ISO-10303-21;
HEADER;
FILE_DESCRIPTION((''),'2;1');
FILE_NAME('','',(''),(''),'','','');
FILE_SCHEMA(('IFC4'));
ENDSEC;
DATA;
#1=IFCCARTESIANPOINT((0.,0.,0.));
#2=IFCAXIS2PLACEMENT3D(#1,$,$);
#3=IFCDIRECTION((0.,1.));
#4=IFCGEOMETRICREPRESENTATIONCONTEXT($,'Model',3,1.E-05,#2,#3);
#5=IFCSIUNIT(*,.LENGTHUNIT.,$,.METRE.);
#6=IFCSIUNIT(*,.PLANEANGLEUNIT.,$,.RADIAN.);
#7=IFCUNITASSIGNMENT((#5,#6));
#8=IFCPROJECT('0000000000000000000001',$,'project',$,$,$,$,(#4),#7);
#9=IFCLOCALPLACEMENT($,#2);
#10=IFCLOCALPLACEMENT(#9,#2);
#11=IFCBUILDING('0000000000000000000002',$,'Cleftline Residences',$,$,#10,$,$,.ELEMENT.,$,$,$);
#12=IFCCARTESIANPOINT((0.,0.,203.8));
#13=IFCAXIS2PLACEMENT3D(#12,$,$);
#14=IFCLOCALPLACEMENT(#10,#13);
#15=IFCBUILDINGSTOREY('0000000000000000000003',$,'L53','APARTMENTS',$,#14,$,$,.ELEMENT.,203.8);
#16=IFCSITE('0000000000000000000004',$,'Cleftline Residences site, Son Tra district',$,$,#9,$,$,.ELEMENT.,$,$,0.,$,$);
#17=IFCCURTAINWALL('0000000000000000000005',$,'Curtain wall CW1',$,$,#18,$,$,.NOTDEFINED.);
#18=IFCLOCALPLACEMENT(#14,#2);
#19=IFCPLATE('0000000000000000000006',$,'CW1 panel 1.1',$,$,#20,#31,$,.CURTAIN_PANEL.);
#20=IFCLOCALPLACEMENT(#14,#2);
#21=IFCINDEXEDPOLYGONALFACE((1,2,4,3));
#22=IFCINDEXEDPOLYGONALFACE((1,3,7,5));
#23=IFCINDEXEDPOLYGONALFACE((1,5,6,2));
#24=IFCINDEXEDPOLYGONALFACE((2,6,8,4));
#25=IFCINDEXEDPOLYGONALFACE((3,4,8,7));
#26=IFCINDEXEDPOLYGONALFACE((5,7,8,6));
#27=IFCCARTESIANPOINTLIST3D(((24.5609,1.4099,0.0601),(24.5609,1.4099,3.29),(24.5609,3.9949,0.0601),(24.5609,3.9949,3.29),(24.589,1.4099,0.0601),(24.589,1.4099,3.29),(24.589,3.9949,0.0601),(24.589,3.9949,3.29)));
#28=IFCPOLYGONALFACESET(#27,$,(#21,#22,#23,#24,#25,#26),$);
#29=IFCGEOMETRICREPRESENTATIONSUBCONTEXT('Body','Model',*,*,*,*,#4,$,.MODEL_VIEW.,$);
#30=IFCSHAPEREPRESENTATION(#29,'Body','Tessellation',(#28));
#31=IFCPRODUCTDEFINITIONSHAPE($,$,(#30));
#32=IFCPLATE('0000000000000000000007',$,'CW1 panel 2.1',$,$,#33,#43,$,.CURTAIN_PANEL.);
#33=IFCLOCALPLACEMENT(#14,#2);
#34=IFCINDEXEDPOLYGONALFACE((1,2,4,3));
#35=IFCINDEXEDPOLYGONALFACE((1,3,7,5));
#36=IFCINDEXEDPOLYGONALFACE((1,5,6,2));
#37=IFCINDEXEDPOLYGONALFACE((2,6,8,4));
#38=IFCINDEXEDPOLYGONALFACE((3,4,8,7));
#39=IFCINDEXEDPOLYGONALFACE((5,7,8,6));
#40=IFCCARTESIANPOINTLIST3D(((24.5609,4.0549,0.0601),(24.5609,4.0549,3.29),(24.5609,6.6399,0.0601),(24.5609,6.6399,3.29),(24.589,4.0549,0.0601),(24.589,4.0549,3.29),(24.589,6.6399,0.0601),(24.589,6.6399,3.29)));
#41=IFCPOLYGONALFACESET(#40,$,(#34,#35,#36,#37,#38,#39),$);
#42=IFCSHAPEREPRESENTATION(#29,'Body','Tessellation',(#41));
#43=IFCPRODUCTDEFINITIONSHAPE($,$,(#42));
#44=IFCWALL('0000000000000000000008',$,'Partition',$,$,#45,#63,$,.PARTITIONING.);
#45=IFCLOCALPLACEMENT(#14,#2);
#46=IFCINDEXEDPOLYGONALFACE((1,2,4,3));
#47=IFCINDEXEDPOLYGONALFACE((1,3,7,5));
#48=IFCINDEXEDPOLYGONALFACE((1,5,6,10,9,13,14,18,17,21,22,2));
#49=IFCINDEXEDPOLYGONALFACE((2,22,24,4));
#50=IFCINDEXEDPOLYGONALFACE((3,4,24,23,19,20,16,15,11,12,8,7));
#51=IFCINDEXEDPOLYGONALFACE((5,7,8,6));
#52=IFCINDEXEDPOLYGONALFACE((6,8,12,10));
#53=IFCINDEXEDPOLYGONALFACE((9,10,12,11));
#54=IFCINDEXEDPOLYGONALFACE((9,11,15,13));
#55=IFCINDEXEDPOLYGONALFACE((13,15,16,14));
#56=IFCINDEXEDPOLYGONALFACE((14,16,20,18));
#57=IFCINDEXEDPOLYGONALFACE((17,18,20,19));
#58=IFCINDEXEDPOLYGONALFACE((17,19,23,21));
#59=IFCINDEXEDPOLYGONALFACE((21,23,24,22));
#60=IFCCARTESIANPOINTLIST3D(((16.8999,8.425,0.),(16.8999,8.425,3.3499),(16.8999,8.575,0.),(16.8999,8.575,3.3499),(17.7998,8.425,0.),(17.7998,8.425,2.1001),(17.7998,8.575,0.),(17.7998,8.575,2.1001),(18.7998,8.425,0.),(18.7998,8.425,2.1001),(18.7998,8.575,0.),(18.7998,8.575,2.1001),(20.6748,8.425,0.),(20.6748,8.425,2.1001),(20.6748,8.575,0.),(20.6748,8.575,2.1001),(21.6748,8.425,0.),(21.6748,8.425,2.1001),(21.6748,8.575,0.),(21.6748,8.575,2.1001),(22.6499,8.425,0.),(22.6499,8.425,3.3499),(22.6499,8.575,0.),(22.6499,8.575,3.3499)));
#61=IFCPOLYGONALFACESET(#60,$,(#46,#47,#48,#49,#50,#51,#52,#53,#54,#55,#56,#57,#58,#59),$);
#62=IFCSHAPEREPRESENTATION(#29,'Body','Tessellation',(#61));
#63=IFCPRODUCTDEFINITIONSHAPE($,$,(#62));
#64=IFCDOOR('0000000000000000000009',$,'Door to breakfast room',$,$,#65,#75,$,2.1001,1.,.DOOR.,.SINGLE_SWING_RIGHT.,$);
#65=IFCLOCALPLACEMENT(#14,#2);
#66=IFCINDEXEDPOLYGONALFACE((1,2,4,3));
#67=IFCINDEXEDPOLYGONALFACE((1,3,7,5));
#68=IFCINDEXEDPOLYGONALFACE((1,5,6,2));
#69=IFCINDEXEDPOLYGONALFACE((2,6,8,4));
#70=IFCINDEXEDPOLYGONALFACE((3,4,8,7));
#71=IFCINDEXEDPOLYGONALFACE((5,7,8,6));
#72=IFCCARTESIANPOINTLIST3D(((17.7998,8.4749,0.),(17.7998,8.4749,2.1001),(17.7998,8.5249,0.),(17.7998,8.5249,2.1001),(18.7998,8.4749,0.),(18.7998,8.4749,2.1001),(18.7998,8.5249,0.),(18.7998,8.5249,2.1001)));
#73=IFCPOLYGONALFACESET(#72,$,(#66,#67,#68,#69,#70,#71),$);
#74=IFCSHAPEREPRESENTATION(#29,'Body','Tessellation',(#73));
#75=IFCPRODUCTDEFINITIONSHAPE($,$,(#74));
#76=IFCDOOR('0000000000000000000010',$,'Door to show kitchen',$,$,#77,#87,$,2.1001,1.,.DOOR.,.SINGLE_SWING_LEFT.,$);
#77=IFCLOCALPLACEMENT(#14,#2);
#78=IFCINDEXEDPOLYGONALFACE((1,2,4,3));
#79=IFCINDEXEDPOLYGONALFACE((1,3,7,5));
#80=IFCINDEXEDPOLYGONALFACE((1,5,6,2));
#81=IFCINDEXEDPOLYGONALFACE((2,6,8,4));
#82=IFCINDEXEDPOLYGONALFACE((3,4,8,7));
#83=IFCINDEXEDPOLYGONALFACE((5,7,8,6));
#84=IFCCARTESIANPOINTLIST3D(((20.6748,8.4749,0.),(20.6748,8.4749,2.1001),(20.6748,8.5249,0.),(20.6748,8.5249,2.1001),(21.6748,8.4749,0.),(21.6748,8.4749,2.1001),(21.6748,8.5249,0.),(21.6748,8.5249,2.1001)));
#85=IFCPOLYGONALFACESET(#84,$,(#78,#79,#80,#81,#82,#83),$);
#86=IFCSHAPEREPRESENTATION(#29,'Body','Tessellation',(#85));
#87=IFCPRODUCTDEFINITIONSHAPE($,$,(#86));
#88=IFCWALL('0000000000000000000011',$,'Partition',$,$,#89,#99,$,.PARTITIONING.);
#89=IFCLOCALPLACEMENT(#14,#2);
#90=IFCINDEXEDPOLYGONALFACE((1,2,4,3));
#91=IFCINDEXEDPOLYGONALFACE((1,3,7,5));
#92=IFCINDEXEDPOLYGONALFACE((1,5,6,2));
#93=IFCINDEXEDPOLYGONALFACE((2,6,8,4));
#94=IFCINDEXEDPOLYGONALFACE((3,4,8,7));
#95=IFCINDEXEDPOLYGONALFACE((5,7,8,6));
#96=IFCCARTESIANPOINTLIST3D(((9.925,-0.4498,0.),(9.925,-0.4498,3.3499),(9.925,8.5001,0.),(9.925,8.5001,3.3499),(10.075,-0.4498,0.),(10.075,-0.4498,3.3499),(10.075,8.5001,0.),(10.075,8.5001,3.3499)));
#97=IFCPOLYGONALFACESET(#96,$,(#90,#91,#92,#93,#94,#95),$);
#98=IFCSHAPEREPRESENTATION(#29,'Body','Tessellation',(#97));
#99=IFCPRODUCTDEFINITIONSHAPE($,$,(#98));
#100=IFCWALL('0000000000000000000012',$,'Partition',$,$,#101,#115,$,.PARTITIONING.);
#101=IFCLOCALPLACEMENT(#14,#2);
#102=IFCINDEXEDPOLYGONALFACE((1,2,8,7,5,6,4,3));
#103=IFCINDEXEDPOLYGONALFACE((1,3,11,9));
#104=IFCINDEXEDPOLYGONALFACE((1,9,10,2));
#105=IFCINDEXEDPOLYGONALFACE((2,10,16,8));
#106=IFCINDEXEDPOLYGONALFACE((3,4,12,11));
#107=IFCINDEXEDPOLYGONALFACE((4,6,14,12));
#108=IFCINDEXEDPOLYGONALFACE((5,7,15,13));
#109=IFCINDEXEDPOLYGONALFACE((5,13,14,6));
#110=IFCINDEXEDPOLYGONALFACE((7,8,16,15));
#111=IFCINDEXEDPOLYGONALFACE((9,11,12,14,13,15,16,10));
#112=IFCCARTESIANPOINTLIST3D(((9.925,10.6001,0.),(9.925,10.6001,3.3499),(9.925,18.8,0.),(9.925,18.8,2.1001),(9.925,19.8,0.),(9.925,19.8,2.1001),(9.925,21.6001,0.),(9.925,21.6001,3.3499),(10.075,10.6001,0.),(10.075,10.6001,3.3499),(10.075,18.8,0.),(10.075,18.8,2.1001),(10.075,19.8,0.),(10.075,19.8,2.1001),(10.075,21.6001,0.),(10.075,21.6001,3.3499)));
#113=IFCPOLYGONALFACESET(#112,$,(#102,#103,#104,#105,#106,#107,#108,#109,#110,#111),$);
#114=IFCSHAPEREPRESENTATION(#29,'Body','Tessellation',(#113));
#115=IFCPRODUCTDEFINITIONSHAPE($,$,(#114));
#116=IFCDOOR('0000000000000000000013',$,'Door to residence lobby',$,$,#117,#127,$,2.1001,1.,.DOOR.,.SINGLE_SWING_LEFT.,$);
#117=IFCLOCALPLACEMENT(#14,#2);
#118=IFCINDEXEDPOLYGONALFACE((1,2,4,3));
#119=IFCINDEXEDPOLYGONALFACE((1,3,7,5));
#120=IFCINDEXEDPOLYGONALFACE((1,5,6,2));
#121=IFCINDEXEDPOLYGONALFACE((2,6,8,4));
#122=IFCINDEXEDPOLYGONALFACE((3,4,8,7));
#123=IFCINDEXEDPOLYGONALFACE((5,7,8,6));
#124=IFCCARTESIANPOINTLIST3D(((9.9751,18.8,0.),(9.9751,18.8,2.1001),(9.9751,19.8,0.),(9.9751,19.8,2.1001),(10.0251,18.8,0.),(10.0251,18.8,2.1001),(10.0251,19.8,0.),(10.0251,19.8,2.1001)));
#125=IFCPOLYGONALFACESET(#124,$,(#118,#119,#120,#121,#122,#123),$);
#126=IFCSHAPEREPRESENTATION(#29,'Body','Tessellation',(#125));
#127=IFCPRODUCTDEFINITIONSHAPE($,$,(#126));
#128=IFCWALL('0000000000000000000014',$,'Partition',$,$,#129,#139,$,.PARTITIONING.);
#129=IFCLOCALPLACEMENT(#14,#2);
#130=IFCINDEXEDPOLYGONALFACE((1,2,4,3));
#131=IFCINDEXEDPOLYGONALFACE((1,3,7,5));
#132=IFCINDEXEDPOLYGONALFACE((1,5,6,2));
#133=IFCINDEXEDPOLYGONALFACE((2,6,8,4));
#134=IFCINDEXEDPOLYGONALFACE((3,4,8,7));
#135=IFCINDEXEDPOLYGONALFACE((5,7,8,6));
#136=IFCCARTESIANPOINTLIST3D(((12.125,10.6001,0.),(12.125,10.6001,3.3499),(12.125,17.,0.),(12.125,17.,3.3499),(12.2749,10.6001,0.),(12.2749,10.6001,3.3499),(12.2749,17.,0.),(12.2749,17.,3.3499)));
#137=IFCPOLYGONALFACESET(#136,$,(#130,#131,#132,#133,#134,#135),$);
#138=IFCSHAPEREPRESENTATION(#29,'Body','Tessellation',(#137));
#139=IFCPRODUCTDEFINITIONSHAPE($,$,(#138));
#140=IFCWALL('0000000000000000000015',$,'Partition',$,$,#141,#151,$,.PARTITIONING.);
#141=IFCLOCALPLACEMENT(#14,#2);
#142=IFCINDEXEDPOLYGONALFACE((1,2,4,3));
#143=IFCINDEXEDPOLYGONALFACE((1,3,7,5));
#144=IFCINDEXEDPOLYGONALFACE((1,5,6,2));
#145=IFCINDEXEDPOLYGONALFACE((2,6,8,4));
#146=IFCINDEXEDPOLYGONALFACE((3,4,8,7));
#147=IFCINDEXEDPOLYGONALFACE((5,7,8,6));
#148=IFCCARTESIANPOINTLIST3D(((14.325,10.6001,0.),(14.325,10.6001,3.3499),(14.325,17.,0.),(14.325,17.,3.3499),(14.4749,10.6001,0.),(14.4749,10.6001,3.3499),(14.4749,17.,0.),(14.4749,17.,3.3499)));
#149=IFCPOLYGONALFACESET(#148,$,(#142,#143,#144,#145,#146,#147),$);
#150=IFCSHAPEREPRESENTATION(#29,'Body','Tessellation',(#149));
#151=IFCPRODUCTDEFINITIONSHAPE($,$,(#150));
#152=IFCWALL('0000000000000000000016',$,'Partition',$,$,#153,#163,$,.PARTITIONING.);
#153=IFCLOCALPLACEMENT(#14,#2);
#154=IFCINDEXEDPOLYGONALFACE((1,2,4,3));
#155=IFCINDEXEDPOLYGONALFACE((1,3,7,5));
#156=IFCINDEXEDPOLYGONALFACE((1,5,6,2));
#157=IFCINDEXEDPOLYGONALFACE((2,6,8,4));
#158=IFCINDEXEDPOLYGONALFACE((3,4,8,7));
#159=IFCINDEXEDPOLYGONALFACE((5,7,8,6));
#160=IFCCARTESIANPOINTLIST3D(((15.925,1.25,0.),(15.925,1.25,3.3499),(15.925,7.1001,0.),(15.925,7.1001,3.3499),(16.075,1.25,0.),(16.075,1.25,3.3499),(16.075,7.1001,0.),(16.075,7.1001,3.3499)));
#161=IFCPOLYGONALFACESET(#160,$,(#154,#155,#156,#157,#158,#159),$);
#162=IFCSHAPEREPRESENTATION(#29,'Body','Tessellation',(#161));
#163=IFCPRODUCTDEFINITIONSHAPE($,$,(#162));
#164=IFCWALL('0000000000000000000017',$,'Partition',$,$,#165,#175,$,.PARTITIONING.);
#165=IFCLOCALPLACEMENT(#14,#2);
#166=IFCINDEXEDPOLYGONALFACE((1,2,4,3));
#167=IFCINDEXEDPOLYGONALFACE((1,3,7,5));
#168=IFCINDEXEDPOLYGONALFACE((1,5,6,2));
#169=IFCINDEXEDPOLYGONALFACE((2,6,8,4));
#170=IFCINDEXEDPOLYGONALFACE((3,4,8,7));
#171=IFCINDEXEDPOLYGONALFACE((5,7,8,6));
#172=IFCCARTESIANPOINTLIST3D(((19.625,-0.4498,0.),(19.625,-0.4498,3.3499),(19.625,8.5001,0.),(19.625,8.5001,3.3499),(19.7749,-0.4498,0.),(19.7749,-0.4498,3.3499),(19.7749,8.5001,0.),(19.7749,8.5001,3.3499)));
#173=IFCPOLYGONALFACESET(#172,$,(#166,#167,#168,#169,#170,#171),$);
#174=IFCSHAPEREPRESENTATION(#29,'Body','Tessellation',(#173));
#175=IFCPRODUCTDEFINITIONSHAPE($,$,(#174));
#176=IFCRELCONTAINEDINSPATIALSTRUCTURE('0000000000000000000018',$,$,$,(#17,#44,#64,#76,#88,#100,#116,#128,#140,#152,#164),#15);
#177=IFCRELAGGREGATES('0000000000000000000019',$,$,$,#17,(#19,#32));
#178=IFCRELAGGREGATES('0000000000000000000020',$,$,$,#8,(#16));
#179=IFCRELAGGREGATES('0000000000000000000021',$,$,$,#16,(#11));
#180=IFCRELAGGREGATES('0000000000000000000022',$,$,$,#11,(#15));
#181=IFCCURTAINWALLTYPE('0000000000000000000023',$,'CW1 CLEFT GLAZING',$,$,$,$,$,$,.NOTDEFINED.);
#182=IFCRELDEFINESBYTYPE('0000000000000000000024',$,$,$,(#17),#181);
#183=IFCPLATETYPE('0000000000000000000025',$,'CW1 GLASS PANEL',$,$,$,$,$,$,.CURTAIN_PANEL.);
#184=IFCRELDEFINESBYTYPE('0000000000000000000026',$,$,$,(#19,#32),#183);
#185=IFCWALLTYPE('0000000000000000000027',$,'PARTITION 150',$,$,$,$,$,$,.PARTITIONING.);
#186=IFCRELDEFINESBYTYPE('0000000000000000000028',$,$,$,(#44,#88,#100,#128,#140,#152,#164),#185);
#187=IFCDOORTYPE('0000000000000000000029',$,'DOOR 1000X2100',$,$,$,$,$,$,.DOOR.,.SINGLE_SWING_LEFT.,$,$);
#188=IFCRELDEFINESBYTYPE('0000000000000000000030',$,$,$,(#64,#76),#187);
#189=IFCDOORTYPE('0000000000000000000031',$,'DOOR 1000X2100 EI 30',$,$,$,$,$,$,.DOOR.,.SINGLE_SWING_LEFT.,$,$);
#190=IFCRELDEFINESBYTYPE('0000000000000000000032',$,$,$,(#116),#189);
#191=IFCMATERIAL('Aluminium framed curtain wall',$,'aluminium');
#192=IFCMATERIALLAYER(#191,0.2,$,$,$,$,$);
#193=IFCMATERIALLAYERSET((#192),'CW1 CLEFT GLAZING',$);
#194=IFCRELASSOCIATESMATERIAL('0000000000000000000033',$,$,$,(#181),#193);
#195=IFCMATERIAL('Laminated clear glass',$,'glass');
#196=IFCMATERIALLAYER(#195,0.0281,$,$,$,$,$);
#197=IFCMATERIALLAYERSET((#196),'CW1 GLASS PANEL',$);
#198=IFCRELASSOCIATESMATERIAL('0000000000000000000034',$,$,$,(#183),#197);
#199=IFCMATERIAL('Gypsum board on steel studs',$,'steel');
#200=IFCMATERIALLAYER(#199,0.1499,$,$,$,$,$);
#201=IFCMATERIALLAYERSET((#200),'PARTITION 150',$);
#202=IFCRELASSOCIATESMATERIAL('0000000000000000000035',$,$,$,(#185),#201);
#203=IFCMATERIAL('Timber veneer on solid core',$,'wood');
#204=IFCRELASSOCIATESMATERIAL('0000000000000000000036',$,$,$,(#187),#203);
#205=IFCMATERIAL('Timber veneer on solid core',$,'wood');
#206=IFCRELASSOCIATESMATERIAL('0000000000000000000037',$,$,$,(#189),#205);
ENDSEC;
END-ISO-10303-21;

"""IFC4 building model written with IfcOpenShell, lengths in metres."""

from ifc_helpers import new_model, si_unit, direction, frame, frame_2d, origin, origin_2d, place, context, subcontext, project, spatial, rectangle, extrude, material, layer, layer_set, type_object, element, fill, aggregate, save


model = new_model("IFC4")

# Units and contexts
model_context = context("Model", 3, precision=1e-05, world=origin(), true_north=direction((0.0, 1.0)))
body_context = subcontext(model_context, "Body", "Model", "MODEL_VIEW")
ifc_project = project(units=[si_unit("LENGTHUNIT", "METRE"), si_unit("PLANEANGLEUNIT", "RADIAN")], contexts=[model_context])

# Site, building, storey
site_placement = place(None, origin())
site = spatial("IfcSite", under=ifc_project, at=site_placement, Name="Cleftline Residences site, Son Tra district", CompositionType="ELEMENT", RefElevation=0.0)
building_placement = place(site_placement, origin())
building = spatial("IfcBuilding", under=site, at=building_placement, Name="Cleftline Residences", CompositionType="ELEMENT")
storey_placement = place(building_placement, frame((0.0, 0.0, 203.8)))
storey = spatial("IfcBuildingStorey", under=building, at=storey_placement, Name="L53", Description="APARTMENTS", CompositionType="ELEMENT", Elevation=203.8)

# Curtain wall
ifc_material_1 = material(Name="Aluminium framed curtain wall", Category="aluminium")
ifc_layer_1 = layer(ifc_material_1, 0.2)
ifc_layer_set_1 = layer_set([ifc_layer_1], Name="CW1 CLEFT GLAZING")
curtain_wall_type = type_object("IfcCurtainWallType", Name="CW1 CLEFT GLAZING", PredefinedType="NOTDEFINED", material=ifc_layer_set_1)
curtain_wall_1_placement = place(storey_placement, origin())
curtain_wall_1 = element("IfcCurtainWall", 1, at=curtain_wall_1_placement, inside=storey, type_object=curtain_wall_type, Name="Curtain wall CW1", PredefinedType="NOTDEFINED")

# Plates
ifc_material_2 = material(Name="Laminated clear glass", Category="glass")
ifc_layer_2 = layer(ifc_material_2, 0.0281)
ifc_layer_set_2 = layer_set([ifc_layer_2], Name="CW1 GLASS PANEL")
plate_type = type_object("IfcPlateType", Name="CW1 GLASS PANEL", PredefinedType="CURTAIN_PANEL", material=ifc_layer_set_2)
plate_1_placement = place(storey_placement, frame((24.575, 2.7024, 0.0601), z_axis=(0.0, 0.0, 1.0), x_axis=(0.0, 1.0, 0.0)))
plate_1 = element("IfcPlate", 2, at=plate_1_placement, type_object=plate_type, Name="CW1 panel 1.1", PredefinedType="CURTAIN_PANEL", context=body_context, shape_type="SweptSolid", body=[
    extrude(rectangle(XDim=2.585, YDim=0.0281, at=origin_2d()), origin(), (0.0, 0.0, 1.0), 3.23),
])
plate_2_placement = place(storey_placement, frame((24.575, 5.3474, 0.0601), z_axis=(0.0, 0.0, 1.0), x_axis=(0.0, 1.0, 0.0)))
plate_2 = element("IfcPlate", 3, at=plate_2_placement, type_object=plate_type, Name="CW1 panel 2.1", PredefinedType="CURTAIN_PANEL", context=body_context, shape_type="SweptSolid", body=[
    extrude(rectangle(XDim=2.585, YDim=0.0281, at=origin_2d()), origin(), (0.0, 0.0, 1.0), 3.23),
])
aggregate(curtain_wall_1, [plate_1, plate_2])

# Wall, openings, doors
ifc_material_3 = material(Name="Gypsum board on steel studs", Category="steel")
ifc_layer_3 = layer(ifc_material_3, 0.1499)
ifc_layer_set_3 = layer_set([ifc_layer_3], Name="PARTITION 150")
wall_type = type_object("IfcWallType", Name="PARTITION 150", PredefinedType="PARTITIONING", material=ifc_layer_set_3)
wall_1_placement = place(storey_placement, frame((16.8999, 8.5, 0.0), z_axis=(0.0, 0.0, 1.0), x_axis=(1.0, 0.0, 0.0)))
wall_1 = element("IfcWall", 4, at=wall_1_placement, inside=storey, type_object=wall_type, Name="Partition", PredefinedType="PARTITIONING", context=body_context, shape_type="SweptSolid", body=[
    extrude(rectangle(XDim=5.75, YDim=0.1499, at=frame_2d((2.875, 0.0))), origin(), (0.0, 0.0, 1.0), 3.3499),
])
opening_1_placement = place(wall_1_placement, frame((0.8999, 0.0, 0.0)))
opening_1 = element("IfcOpeningElement", 5, at=opening_1_placement, cuts=wall_1, PredefinedType="OPENING", context=body_context, shape_type="SweptSolid", body=[
    extrude(rectangle(XDim=1.0, YDim=2.1001, at=frame_2d((0.5, 1.05))), frame((0.0, 0.085, 0.0), z_axis=(0.0, -1.0, 0.0), x_axis=(1.0, 0.0, 0.0)), (0.0, 0.0, 1.0), 0.1699),
])
opening_2_placement = place(wall_1_placement, frame((3.7749, 0.0, 0.0)))
opening_2 = element("IfcOpeningElement", 6, at=opening_2_placement, cuts=wall_1, PredefinedType="OPENING", context=body_context, shape_type="SweptSolid", body=[
    extrude(rectangle(XDim=1.0, YDim=2.1001, at=frame_2d((0.5, 1.05))), frame((0.0, 0.085, 0.0), z_axis=(0.0, -1.0, 0.0), x_axis=(1.0, 0.0, 0.0)), (0.0, 0.0, 1.0), 0.1699),
])
ifc_material_4 = material(Name="Timber veneer on solid core", Category="wood")
door_type_1 = type_object("IfcDoorType", Name="DOOR 1000X2100", OperationType="SINGLE_SWING_LEFT", PredefinedType="DOOR", material=ifc_material_4)
door_1_placement = place(opening_1_placement, origin())
door_1 = element("IfcDoor", 7, at=door_1_placement, inside=storey, type_object=door_type_1, Name="Door to breakfast room", OperationType="SINGLE_SWING_RIGHT", OverallHeight=2.1001, OverallWidth=1.0, PredefinedType="DOOR", context=body_context, shape_type="SweptSolid", body=[
    extrude(rectangle(XDim=1.0, YDim=2.1001, at=frame_2d((0.5, 1.05))), frame((0.0, 0.0249, 0.0), z_axis=(0.0, -1.0, 0.0), x_axis=(1.0, 0.0, 0.0)), (0.0, 0.0, 1.0), 0.05),
])
fill(opening_1, door_1)
door_2_placement = place(opening_2_placement, origin())
door_2 = element("IfcDoor", 8, at=door_2_placement, inside=storey, type_object=door_type_1, Name="Door to show kitchen", OperationType="SINGLE_SWING_LEFT", OverallHeight=2.1001, OverallWidth=1.0, PredefinedType="DOOR", context=body_context, shape_type="SweptSolid", body=[
    extrude(rectangle(XDim=1.0, YDim=2.1001, at=frame_2d((0.5, 1.05))), frame((0.0, 0.0249, 0.0), z_axis=(0.0, -1.0, 0.0), x_axis=(1.0, 0.0, 0.0)), (0.0, 0.0, 1.0), 0.05),
])
fill(opening_2, door_2)

# Wall
wall_2_placement = place(storey_placement, frame((10.0, -0.45, 0.0), z_axis=(0.0, 0.0, 1.0), x_axis=(0.0, 1.0, 0.0)))
element("IfcWall", 9, at=wall_2_placement, inside=storey, type_object=wall_type, Name="Partition", PredefinedType="PARTITIONING", context=body_context, shape_type="SweptSolid", body=[
    extrude(rectangle(XDim=8.95, YDim=0.1499, at=frame_2d((4.4751, 0.0))), origin(), (0.0, 0.0, 1.0), 3.3499),
])

# Wall, opening, door
wall_3_placement = place(storey_placement, frame((10.0, 10.6001, 0.0), z_axis=(0.0, 0.0, 1.0), x_axis=(0.0, 1.0, 0.0)))
wall_3 = element("IfcWall", 10, at=wall_3_placement, inside=storey, type_object=wall_type, Name="Partition", PredefinedType="PARTITIONING", context=body_context, shape_type="SweptSolid", body=[
    extrude(rectangle(XDim=11.0, YDim=0.1499, at=frame_2d((5.5, 0.0))), origin(), (0.0, 0.0, 1.0), 3.3499),
])
opening_3_placement = place(wall_3_placement, frame((8.2, 0.0, 0.0)))
opening_3 = element("IfcOpeningElement", 11, at=opening_3_placement, cuts=wall_3, PredefinedType="OPENING", context=body_context, shape_type="SweptSolid", body=[
    extrude(rectangle(XDim=1.0, YDim=2.1001, at=frame_2d((0.5, 1.05))), frame((0.0, 0.085, 0.0), z_axis=(0.0, -1.0, 0.0), x_axis=(1.0, 0.0, 0.0)), (0.0, 0.0, 1.0), 0.1699),
])
ifc_material_5 = material(Name="Timber veneer on solid core", Category="wood")
door_type_2 = type_object("IfcDoorType", Name="DOOR 1000X2100 EI 30", OperationType="SINGLE_SWING_LEFT", PredefinedType="DOOR", material=ifc_material_5)
door_3_placement = place(opening_3_placement, origin())
door_3 = element("IfcDoor", 12, at=door_3_placement, inside=storey, type_object=door_type_2, Name="Door to residence lobby", OperationType="SINGLE_SWING_LEFT", OverallHeight=2.1001, OverallWidth=1.0, PredefinedType="DOOR", context=body_context, shape_type="SweptSolid", body=[
    extrude(rectangle(XDim=1.0, YDim=2.1001, at=frame_2d((0.5, 1.05))), frame((0.0, 0.0249, 0.0), z_axis=(0.0, -1.0, 0.0), x_axis=(1.0, 0.0, 0.0)), (0.0, 0.0, 1.0), 0.05),
])
fill(opening_3, door_3)

# Walls
for number, where, z_axis, x_axis, name in (
    (13, (12.2, 10.6001, 0.0), (0.0, 0.0, 1.0), (0.0, 1.0, 0.0), "Partition"),
    (14, (14.3999, 10.6001, 0.0), (0.0, 0.0, 1.0), (0.0, 1.0, 0.0), "Partition"),
):
    element("IfcWall", number, at=place(storey_placement, frame(where, z_axis=z_axis, x_axis=x_axis)), inside=storey, type_object=wall_type, Name=name, PredefinedType="PARTITIONING", context=body_context, shape_type="SweptSolid", body=[
        extrude(rectangle(XDim=6.3999, YDim=0.1499, at=frame_2d((3.2, 0.0))), origin(), (0.0, 0.0, 1.0), 3.3499),
    ])
wall_4_placement = place(storey_placement, frame((16.0, 1.25, 0.0), z_axis=(0.0, 0.0, 1.0), x_axis=(0.0, 1.0, 0.0)))
element("IfcWall", 15, at=wall_4_placement, inside=storey, type_object=wall_type, Name="Partition", PredefinedType="PARTITIONING", context=body_context, shape_type="SweptSolid", body=[
    extrude(rectangle(XDim=5.8501, YDim=0.1499, at=frame_2d((2.925, 0.0))), origin(), (0.0, 0.0, 1.0), 3.3499),
])
wall_5_placement = place(storey_placement, frame((19.7, -0.45, 0.0), z_axis=(0.0, 0.0, 1.0), x_axis=(0.0, 1.0, 0.0)))
element("IfcWall", 16, at=wall_5_placement, inside=storey, type_object=wall_type, Name="Partition", PredefinedType="PARTITIONING", context=body_context, shape_type="SweptSolid", body=[
    extrude(rectangle(XDim=8.95, YDim=0.1499, at=frame_2d((4.4751, 0.0))), origin(), (0.0, 0.0, 1.0), 3.3499),
])

save(model, "model.ifc")
